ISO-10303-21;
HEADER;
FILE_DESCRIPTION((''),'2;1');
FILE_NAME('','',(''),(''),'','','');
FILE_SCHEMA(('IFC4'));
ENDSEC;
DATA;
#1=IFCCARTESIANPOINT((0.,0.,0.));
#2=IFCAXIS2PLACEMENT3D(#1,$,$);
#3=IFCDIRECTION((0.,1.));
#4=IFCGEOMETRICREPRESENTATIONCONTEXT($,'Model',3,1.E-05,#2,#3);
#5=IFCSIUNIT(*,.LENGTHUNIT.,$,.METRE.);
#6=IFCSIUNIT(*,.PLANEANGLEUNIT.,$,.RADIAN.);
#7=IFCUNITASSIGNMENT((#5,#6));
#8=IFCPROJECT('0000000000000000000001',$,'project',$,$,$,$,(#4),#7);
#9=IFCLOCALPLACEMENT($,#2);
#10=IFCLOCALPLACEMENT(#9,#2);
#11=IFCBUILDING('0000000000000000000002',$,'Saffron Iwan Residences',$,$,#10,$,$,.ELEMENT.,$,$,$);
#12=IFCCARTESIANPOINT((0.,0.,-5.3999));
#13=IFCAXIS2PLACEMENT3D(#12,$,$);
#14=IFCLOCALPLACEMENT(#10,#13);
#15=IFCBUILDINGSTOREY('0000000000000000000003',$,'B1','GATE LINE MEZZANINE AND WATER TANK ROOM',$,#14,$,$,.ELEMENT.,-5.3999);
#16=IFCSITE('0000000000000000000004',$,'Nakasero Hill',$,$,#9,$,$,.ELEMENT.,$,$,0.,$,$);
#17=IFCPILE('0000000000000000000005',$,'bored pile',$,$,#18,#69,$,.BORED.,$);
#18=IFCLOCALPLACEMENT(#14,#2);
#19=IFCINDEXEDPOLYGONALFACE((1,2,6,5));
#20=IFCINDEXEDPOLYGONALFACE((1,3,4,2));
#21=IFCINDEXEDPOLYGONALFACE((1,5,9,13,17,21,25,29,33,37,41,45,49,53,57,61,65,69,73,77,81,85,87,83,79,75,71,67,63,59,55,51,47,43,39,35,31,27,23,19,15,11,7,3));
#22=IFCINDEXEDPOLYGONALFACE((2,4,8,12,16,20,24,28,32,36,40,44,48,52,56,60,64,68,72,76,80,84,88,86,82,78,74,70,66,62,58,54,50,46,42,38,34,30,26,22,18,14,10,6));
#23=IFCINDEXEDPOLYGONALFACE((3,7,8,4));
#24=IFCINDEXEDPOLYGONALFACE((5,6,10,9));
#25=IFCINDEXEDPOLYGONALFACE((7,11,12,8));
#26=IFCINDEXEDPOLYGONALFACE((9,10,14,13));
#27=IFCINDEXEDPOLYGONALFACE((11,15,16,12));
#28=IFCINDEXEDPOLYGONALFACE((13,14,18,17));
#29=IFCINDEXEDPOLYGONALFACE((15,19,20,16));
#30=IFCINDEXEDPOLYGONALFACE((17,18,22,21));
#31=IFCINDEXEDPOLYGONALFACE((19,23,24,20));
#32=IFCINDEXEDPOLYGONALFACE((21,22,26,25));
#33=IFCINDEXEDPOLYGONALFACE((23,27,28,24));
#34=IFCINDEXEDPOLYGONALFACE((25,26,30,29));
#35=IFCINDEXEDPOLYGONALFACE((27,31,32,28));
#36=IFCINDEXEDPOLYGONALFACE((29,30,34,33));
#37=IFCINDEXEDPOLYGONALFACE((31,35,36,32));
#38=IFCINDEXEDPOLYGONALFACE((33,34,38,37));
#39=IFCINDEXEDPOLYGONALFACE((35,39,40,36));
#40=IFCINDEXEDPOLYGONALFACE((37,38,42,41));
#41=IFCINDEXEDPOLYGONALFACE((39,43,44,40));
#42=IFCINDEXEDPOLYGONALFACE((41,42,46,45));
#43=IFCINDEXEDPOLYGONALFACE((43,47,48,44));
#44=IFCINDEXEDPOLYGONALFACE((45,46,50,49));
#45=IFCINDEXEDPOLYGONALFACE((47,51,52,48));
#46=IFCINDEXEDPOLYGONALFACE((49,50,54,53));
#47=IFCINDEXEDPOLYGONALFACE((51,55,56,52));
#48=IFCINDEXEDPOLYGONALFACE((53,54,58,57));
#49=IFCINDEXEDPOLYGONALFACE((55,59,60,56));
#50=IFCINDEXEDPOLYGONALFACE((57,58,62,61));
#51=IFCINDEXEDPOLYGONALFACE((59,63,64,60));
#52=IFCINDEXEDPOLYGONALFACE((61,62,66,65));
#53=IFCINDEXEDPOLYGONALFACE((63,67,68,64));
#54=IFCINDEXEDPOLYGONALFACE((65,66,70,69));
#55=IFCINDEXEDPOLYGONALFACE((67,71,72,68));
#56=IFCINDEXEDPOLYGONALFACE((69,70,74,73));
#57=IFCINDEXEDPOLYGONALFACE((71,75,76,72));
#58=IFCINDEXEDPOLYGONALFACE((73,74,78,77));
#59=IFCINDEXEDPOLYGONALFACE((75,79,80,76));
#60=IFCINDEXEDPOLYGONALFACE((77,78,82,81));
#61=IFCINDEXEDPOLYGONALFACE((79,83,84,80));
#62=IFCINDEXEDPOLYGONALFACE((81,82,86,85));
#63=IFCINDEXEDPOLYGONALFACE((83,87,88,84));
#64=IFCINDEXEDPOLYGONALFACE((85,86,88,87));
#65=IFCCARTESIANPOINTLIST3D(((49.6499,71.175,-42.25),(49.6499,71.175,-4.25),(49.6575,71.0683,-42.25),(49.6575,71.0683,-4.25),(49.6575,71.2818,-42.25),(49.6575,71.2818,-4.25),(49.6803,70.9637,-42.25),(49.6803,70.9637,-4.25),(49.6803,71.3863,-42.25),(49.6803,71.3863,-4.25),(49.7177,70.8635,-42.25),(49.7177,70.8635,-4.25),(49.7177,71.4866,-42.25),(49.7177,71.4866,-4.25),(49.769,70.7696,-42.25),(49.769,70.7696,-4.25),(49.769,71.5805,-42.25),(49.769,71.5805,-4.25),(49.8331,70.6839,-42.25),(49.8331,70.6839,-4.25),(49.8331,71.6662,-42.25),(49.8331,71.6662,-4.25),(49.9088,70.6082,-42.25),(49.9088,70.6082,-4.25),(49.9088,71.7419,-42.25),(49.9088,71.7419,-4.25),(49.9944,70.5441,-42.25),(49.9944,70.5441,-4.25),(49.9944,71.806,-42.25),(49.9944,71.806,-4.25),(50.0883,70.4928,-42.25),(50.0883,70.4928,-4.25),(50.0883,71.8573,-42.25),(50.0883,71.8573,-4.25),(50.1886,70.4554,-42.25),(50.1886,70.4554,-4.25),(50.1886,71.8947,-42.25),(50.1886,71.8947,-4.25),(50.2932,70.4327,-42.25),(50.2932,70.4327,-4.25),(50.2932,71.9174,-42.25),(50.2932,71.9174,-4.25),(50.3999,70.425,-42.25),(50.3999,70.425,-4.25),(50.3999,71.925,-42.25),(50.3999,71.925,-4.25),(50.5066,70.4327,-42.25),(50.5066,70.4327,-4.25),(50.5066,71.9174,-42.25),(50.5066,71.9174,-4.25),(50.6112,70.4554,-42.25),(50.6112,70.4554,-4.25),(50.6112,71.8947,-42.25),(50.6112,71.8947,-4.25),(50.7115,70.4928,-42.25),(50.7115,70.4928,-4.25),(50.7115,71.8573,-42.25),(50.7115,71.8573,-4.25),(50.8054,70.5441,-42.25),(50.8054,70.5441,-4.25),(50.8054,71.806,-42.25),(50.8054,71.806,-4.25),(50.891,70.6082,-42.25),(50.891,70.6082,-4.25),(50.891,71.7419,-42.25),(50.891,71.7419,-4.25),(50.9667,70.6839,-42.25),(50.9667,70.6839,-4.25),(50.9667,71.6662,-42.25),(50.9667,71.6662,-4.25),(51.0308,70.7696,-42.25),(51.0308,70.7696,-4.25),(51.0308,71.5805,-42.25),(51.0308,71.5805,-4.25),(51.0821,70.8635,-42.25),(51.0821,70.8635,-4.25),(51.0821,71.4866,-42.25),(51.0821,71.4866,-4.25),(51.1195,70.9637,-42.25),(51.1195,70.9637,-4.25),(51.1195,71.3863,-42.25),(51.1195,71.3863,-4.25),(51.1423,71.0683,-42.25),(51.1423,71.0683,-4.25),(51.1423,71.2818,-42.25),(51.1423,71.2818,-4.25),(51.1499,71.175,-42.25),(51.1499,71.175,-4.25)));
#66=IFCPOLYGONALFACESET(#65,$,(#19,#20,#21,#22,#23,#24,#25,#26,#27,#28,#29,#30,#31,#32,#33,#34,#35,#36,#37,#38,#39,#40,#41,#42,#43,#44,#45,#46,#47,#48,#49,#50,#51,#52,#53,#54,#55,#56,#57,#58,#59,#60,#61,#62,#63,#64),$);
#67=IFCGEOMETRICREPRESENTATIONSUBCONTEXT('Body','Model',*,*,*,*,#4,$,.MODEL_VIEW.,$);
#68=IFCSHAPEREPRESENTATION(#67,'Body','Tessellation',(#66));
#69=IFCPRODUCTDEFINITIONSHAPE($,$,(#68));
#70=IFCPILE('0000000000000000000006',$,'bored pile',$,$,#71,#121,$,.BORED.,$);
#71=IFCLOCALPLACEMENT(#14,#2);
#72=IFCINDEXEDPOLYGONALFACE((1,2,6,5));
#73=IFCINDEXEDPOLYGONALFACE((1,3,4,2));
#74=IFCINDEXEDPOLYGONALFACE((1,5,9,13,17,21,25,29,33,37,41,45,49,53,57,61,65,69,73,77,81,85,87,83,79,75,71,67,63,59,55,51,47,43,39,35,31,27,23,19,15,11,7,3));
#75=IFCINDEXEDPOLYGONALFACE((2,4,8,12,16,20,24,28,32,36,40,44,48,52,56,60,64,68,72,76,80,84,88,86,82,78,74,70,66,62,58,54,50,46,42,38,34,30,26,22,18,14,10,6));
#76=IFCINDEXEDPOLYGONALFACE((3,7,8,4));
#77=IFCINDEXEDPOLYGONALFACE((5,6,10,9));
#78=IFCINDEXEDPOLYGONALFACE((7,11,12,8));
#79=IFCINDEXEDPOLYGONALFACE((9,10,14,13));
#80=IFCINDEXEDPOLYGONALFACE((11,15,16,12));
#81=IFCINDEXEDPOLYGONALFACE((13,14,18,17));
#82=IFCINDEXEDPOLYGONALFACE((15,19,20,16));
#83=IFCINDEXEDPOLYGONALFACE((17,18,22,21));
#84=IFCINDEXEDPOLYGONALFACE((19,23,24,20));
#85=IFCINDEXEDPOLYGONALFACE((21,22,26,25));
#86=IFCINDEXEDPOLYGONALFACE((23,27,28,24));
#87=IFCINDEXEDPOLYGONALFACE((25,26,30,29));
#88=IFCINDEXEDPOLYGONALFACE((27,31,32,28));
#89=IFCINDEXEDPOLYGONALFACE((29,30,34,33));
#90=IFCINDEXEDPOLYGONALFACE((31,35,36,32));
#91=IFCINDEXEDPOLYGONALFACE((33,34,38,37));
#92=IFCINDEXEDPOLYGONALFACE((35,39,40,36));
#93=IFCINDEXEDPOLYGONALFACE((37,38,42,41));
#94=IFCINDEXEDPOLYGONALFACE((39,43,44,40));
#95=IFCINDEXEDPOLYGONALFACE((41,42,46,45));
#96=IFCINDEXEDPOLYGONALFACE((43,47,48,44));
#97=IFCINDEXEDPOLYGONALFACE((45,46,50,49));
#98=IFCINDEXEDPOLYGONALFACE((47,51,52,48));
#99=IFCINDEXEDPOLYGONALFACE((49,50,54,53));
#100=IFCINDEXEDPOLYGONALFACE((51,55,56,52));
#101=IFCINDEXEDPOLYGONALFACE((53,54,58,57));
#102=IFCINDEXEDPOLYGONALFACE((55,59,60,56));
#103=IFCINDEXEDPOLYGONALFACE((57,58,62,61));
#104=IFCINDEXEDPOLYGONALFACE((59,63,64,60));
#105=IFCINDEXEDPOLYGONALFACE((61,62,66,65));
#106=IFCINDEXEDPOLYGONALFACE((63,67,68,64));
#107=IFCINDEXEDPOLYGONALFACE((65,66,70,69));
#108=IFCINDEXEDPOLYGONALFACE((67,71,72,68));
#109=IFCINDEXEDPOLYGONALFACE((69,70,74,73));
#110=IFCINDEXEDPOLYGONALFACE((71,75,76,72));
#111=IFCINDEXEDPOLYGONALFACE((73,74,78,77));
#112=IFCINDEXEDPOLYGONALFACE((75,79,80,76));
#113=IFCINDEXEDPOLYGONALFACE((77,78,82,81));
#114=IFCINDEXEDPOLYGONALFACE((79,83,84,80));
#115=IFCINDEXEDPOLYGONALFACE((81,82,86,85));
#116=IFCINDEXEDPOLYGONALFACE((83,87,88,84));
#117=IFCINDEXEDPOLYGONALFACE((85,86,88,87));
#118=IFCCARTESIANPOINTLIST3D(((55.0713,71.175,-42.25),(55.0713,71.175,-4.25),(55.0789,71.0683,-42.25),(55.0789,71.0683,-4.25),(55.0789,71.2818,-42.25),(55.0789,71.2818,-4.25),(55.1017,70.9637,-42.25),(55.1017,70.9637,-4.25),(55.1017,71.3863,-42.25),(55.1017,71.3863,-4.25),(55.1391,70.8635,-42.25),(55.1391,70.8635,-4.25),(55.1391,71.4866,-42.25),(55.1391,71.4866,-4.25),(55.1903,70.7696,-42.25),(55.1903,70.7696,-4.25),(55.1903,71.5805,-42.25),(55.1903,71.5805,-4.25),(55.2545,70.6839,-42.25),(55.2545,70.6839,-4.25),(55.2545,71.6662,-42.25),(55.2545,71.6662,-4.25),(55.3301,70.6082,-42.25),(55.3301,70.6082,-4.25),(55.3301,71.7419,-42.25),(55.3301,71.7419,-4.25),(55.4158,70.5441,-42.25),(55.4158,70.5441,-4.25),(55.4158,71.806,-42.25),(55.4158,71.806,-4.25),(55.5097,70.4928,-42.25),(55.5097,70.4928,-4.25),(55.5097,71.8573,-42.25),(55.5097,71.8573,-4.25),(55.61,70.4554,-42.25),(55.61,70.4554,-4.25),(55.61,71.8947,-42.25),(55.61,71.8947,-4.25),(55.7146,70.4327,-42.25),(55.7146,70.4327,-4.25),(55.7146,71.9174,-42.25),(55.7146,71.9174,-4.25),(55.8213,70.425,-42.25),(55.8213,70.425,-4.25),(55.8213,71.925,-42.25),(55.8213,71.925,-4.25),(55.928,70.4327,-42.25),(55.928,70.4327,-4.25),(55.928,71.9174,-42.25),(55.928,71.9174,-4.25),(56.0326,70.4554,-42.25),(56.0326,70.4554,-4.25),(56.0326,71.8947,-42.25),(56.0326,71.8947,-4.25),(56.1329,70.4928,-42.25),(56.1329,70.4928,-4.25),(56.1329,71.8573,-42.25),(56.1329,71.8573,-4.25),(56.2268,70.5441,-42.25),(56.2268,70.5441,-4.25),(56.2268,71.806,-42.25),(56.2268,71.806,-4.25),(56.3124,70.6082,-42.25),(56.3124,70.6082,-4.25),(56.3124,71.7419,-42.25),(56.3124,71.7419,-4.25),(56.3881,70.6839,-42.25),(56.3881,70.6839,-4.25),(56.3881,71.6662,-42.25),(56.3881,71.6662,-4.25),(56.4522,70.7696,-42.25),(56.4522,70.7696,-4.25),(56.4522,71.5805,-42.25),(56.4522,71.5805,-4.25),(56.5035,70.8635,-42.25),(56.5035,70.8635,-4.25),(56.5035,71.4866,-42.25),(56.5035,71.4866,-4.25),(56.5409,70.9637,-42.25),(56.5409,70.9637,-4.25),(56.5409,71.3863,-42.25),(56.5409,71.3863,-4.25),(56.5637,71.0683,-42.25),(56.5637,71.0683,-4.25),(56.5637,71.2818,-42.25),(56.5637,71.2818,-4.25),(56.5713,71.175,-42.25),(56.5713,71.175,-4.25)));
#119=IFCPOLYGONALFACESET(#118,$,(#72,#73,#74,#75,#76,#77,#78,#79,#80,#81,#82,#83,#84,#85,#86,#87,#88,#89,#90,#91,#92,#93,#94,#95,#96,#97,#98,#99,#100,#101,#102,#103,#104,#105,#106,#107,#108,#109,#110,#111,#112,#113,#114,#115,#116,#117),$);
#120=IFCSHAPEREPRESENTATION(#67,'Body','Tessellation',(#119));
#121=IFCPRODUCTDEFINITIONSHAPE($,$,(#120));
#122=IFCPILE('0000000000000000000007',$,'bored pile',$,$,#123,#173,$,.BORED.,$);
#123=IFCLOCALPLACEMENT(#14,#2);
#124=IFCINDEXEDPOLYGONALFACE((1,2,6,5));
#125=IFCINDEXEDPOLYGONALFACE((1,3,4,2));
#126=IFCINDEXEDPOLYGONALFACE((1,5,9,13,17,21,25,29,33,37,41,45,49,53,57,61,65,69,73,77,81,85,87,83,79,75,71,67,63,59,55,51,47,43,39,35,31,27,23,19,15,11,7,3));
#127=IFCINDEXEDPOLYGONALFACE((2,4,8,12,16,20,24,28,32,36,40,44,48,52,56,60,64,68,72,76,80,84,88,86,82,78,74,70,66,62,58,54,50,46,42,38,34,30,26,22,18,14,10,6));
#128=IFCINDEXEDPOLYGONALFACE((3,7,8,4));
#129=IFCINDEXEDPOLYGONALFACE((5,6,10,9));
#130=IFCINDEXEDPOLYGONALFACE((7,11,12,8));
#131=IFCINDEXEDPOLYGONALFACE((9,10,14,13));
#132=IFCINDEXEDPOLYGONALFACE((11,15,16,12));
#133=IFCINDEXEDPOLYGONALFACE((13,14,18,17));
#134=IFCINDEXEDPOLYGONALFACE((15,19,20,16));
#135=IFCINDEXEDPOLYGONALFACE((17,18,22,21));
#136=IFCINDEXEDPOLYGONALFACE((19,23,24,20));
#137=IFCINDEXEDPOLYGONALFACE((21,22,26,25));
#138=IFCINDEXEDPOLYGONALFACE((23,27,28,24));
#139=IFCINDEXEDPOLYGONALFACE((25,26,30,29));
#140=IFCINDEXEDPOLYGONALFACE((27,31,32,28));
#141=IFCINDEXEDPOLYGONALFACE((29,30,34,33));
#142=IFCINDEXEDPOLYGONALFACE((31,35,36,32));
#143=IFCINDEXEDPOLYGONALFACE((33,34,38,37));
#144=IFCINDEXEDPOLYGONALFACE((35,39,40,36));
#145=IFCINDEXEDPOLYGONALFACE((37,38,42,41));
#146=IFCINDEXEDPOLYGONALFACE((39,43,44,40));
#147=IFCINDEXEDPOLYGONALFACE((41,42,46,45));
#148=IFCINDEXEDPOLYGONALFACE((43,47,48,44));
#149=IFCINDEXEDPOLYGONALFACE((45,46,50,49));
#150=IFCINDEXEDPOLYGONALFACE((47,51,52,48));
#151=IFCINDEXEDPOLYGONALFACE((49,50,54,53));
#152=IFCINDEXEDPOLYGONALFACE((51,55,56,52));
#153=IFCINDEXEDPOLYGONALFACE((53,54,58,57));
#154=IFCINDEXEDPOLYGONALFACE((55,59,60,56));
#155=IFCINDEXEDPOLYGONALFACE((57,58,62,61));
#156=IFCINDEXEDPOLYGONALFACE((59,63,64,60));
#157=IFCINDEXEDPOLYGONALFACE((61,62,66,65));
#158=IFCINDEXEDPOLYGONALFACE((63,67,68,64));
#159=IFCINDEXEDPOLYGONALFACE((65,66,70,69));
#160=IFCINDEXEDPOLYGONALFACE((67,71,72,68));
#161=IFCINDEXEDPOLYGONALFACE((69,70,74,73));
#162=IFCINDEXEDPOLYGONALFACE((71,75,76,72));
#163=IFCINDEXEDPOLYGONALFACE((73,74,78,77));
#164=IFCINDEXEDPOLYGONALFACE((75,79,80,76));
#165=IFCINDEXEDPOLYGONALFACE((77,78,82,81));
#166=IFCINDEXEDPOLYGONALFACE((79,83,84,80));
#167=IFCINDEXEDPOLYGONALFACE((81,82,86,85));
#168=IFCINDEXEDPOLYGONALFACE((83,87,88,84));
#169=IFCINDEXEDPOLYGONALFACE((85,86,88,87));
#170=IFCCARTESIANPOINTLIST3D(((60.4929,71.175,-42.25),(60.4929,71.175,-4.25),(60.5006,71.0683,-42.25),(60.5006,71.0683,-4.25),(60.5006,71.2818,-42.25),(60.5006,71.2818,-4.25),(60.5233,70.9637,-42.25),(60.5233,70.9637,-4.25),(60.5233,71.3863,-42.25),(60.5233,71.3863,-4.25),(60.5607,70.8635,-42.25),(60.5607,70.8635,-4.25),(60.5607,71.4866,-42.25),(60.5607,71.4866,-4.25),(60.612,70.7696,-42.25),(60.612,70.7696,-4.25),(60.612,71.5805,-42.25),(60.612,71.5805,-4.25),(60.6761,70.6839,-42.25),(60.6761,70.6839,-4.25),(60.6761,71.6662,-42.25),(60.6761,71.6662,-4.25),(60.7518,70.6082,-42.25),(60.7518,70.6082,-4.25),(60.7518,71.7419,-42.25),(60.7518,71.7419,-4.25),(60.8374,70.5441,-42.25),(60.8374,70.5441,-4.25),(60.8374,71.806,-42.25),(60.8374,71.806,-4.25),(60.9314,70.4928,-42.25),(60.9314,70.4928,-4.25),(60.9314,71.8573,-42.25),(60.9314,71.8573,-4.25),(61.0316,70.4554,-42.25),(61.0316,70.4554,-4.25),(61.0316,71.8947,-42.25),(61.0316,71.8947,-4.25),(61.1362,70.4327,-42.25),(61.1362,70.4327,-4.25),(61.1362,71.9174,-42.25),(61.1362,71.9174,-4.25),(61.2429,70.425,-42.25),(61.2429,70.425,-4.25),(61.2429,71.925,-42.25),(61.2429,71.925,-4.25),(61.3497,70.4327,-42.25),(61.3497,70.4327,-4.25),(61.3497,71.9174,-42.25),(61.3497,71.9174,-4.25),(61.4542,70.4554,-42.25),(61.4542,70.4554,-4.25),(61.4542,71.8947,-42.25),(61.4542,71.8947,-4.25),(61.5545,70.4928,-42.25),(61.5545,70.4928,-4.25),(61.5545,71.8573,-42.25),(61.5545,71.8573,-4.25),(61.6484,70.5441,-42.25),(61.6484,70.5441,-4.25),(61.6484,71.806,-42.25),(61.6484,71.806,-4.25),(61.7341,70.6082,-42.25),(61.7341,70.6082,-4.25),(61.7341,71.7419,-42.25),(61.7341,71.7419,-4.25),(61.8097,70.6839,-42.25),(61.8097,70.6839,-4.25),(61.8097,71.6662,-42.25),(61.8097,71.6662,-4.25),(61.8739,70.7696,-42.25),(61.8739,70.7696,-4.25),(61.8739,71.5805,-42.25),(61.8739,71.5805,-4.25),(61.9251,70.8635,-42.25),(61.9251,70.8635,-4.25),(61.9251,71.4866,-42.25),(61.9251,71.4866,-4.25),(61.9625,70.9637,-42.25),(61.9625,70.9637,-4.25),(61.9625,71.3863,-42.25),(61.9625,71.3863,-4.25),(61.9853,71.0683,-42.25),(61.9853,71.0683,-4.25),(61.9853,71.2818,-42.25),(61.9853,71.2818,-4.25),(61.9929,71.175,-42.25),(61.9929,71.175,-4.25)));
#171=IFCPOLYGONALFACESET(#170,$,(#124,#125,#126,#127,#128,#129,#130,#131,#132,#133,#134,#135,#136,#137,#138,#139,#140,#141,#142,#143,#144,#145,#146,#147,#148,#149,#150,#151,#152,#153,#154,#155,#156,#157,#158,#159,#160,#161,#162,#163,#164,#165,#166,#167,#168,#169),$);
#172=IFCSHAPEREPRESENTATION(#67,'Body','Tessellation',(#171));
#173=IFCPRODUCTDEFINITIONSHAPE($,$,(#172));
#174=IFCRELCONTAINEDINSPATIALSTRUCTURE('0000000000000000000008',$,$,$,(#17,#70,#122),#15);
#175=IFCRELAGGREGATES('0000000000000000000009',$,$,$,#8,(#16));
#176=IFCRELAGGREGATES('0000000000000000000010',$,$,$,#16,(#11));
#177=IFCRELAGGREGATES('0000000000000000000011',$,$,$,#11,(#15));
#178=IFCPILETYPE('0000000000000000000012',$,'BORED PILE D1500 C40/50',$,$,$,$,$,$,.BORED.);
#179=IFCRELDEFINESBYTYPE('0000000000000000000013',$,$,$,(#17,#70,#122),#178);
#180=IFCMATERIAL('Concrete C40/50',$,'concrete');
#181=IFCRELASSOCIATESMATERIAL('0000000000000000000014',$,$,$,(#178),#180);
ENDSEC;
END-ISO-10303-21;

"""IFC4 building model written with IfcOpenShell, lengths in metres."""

from ifc_helpers import new_model, si_unit, direction, frame, origin, origin_2d, place, context, subcontext, project, spatial, circle, extrude, material, material_profile, profile_set, type_object, element, save


model = new_model("IFC4")

# Units and contexts
model_context = context("Model", 3, precision=1e-05, world=origin(), true_north=direction((0.0, 1.0)))
body_context = subcontext(model_context, "Body", "Model", "MODEL_VIEW")
ifc_project = project(units=[si_unit("LENGTHUNIT", "METRE"), si_unit("PLANEANGLEUNIT", "RADIAN")], contexts=[model_context])

# Site, building, storey
site_placement = place(None, origin())
site = spatial("IfcSite", under=ifc_project, at=site_placement, Name="Nakasero Hill", CompositionType="ELEMENT", RefElevation=0.0)
building_placement = place(site_placement, origin())
building = spatial("IfcBuilding", under=site, at=building_placement, Name="Saffron Iwan Residences", CompositionType="ELEMENT")
storey_placement = place(building_placement, frame((0.0, 0.0, -5.3999)))
storey = spatial("IfcBuildingStorey", under=building, at=storey_placement, Name="B1", Description="GATE LINE MEZZANINE AND WATER TANK ROOM", CompositionType="ELEMENT", Elevation=-5.3999)

# Piles
ifc_material_1 = material(Name="Concrete C40/50", Category="concrete")
ifc_material_profile = material_profile(ifc_material_1, circle(Radius=0.75, at=origin_2d()), Name="RC D1500")
ifc_profile_set = profile_set([ifc_material_profile], Name="Concrete C40/50")
pile_type = type_object("IfcPileType", Name="BORED PILE D1500 C40/50", PredefinedType="BORED", material=ifc_profile_set)
for number, where, z_axis, x_axis, name in (
    (1, (50.3999, 71.175, -4.25), (0.0, 0.0, -1.0), (1.0, 0.0, 0.0), "bored pile"),
    (2, (55.8213, 71.175, -4.25), (0.0, 0.0, -1.0), (1.0, 0.0, 0.0), "bored pile"),
    (3, (61.2429, 71.175, -4.25), (0.0, 0.0, -1.0), (1.0, 0.0, 0.0), "bored pile"),
):
    element("IfcPile", number, at=place(storey_placement, frame(where, z_axis=z_axis, x_axis=x_axis)), inside=storey, type_object=pile_type, Name=name, PredefinedType="BORED", context=body_context, shape_type="SweptSolid", body=[
        extrude(circle(Radius=0.75, at=origin_2d()), origin(), (0.0, 0.0, 1.0), 38.0),
    ])

save(model, "model.ifc")
